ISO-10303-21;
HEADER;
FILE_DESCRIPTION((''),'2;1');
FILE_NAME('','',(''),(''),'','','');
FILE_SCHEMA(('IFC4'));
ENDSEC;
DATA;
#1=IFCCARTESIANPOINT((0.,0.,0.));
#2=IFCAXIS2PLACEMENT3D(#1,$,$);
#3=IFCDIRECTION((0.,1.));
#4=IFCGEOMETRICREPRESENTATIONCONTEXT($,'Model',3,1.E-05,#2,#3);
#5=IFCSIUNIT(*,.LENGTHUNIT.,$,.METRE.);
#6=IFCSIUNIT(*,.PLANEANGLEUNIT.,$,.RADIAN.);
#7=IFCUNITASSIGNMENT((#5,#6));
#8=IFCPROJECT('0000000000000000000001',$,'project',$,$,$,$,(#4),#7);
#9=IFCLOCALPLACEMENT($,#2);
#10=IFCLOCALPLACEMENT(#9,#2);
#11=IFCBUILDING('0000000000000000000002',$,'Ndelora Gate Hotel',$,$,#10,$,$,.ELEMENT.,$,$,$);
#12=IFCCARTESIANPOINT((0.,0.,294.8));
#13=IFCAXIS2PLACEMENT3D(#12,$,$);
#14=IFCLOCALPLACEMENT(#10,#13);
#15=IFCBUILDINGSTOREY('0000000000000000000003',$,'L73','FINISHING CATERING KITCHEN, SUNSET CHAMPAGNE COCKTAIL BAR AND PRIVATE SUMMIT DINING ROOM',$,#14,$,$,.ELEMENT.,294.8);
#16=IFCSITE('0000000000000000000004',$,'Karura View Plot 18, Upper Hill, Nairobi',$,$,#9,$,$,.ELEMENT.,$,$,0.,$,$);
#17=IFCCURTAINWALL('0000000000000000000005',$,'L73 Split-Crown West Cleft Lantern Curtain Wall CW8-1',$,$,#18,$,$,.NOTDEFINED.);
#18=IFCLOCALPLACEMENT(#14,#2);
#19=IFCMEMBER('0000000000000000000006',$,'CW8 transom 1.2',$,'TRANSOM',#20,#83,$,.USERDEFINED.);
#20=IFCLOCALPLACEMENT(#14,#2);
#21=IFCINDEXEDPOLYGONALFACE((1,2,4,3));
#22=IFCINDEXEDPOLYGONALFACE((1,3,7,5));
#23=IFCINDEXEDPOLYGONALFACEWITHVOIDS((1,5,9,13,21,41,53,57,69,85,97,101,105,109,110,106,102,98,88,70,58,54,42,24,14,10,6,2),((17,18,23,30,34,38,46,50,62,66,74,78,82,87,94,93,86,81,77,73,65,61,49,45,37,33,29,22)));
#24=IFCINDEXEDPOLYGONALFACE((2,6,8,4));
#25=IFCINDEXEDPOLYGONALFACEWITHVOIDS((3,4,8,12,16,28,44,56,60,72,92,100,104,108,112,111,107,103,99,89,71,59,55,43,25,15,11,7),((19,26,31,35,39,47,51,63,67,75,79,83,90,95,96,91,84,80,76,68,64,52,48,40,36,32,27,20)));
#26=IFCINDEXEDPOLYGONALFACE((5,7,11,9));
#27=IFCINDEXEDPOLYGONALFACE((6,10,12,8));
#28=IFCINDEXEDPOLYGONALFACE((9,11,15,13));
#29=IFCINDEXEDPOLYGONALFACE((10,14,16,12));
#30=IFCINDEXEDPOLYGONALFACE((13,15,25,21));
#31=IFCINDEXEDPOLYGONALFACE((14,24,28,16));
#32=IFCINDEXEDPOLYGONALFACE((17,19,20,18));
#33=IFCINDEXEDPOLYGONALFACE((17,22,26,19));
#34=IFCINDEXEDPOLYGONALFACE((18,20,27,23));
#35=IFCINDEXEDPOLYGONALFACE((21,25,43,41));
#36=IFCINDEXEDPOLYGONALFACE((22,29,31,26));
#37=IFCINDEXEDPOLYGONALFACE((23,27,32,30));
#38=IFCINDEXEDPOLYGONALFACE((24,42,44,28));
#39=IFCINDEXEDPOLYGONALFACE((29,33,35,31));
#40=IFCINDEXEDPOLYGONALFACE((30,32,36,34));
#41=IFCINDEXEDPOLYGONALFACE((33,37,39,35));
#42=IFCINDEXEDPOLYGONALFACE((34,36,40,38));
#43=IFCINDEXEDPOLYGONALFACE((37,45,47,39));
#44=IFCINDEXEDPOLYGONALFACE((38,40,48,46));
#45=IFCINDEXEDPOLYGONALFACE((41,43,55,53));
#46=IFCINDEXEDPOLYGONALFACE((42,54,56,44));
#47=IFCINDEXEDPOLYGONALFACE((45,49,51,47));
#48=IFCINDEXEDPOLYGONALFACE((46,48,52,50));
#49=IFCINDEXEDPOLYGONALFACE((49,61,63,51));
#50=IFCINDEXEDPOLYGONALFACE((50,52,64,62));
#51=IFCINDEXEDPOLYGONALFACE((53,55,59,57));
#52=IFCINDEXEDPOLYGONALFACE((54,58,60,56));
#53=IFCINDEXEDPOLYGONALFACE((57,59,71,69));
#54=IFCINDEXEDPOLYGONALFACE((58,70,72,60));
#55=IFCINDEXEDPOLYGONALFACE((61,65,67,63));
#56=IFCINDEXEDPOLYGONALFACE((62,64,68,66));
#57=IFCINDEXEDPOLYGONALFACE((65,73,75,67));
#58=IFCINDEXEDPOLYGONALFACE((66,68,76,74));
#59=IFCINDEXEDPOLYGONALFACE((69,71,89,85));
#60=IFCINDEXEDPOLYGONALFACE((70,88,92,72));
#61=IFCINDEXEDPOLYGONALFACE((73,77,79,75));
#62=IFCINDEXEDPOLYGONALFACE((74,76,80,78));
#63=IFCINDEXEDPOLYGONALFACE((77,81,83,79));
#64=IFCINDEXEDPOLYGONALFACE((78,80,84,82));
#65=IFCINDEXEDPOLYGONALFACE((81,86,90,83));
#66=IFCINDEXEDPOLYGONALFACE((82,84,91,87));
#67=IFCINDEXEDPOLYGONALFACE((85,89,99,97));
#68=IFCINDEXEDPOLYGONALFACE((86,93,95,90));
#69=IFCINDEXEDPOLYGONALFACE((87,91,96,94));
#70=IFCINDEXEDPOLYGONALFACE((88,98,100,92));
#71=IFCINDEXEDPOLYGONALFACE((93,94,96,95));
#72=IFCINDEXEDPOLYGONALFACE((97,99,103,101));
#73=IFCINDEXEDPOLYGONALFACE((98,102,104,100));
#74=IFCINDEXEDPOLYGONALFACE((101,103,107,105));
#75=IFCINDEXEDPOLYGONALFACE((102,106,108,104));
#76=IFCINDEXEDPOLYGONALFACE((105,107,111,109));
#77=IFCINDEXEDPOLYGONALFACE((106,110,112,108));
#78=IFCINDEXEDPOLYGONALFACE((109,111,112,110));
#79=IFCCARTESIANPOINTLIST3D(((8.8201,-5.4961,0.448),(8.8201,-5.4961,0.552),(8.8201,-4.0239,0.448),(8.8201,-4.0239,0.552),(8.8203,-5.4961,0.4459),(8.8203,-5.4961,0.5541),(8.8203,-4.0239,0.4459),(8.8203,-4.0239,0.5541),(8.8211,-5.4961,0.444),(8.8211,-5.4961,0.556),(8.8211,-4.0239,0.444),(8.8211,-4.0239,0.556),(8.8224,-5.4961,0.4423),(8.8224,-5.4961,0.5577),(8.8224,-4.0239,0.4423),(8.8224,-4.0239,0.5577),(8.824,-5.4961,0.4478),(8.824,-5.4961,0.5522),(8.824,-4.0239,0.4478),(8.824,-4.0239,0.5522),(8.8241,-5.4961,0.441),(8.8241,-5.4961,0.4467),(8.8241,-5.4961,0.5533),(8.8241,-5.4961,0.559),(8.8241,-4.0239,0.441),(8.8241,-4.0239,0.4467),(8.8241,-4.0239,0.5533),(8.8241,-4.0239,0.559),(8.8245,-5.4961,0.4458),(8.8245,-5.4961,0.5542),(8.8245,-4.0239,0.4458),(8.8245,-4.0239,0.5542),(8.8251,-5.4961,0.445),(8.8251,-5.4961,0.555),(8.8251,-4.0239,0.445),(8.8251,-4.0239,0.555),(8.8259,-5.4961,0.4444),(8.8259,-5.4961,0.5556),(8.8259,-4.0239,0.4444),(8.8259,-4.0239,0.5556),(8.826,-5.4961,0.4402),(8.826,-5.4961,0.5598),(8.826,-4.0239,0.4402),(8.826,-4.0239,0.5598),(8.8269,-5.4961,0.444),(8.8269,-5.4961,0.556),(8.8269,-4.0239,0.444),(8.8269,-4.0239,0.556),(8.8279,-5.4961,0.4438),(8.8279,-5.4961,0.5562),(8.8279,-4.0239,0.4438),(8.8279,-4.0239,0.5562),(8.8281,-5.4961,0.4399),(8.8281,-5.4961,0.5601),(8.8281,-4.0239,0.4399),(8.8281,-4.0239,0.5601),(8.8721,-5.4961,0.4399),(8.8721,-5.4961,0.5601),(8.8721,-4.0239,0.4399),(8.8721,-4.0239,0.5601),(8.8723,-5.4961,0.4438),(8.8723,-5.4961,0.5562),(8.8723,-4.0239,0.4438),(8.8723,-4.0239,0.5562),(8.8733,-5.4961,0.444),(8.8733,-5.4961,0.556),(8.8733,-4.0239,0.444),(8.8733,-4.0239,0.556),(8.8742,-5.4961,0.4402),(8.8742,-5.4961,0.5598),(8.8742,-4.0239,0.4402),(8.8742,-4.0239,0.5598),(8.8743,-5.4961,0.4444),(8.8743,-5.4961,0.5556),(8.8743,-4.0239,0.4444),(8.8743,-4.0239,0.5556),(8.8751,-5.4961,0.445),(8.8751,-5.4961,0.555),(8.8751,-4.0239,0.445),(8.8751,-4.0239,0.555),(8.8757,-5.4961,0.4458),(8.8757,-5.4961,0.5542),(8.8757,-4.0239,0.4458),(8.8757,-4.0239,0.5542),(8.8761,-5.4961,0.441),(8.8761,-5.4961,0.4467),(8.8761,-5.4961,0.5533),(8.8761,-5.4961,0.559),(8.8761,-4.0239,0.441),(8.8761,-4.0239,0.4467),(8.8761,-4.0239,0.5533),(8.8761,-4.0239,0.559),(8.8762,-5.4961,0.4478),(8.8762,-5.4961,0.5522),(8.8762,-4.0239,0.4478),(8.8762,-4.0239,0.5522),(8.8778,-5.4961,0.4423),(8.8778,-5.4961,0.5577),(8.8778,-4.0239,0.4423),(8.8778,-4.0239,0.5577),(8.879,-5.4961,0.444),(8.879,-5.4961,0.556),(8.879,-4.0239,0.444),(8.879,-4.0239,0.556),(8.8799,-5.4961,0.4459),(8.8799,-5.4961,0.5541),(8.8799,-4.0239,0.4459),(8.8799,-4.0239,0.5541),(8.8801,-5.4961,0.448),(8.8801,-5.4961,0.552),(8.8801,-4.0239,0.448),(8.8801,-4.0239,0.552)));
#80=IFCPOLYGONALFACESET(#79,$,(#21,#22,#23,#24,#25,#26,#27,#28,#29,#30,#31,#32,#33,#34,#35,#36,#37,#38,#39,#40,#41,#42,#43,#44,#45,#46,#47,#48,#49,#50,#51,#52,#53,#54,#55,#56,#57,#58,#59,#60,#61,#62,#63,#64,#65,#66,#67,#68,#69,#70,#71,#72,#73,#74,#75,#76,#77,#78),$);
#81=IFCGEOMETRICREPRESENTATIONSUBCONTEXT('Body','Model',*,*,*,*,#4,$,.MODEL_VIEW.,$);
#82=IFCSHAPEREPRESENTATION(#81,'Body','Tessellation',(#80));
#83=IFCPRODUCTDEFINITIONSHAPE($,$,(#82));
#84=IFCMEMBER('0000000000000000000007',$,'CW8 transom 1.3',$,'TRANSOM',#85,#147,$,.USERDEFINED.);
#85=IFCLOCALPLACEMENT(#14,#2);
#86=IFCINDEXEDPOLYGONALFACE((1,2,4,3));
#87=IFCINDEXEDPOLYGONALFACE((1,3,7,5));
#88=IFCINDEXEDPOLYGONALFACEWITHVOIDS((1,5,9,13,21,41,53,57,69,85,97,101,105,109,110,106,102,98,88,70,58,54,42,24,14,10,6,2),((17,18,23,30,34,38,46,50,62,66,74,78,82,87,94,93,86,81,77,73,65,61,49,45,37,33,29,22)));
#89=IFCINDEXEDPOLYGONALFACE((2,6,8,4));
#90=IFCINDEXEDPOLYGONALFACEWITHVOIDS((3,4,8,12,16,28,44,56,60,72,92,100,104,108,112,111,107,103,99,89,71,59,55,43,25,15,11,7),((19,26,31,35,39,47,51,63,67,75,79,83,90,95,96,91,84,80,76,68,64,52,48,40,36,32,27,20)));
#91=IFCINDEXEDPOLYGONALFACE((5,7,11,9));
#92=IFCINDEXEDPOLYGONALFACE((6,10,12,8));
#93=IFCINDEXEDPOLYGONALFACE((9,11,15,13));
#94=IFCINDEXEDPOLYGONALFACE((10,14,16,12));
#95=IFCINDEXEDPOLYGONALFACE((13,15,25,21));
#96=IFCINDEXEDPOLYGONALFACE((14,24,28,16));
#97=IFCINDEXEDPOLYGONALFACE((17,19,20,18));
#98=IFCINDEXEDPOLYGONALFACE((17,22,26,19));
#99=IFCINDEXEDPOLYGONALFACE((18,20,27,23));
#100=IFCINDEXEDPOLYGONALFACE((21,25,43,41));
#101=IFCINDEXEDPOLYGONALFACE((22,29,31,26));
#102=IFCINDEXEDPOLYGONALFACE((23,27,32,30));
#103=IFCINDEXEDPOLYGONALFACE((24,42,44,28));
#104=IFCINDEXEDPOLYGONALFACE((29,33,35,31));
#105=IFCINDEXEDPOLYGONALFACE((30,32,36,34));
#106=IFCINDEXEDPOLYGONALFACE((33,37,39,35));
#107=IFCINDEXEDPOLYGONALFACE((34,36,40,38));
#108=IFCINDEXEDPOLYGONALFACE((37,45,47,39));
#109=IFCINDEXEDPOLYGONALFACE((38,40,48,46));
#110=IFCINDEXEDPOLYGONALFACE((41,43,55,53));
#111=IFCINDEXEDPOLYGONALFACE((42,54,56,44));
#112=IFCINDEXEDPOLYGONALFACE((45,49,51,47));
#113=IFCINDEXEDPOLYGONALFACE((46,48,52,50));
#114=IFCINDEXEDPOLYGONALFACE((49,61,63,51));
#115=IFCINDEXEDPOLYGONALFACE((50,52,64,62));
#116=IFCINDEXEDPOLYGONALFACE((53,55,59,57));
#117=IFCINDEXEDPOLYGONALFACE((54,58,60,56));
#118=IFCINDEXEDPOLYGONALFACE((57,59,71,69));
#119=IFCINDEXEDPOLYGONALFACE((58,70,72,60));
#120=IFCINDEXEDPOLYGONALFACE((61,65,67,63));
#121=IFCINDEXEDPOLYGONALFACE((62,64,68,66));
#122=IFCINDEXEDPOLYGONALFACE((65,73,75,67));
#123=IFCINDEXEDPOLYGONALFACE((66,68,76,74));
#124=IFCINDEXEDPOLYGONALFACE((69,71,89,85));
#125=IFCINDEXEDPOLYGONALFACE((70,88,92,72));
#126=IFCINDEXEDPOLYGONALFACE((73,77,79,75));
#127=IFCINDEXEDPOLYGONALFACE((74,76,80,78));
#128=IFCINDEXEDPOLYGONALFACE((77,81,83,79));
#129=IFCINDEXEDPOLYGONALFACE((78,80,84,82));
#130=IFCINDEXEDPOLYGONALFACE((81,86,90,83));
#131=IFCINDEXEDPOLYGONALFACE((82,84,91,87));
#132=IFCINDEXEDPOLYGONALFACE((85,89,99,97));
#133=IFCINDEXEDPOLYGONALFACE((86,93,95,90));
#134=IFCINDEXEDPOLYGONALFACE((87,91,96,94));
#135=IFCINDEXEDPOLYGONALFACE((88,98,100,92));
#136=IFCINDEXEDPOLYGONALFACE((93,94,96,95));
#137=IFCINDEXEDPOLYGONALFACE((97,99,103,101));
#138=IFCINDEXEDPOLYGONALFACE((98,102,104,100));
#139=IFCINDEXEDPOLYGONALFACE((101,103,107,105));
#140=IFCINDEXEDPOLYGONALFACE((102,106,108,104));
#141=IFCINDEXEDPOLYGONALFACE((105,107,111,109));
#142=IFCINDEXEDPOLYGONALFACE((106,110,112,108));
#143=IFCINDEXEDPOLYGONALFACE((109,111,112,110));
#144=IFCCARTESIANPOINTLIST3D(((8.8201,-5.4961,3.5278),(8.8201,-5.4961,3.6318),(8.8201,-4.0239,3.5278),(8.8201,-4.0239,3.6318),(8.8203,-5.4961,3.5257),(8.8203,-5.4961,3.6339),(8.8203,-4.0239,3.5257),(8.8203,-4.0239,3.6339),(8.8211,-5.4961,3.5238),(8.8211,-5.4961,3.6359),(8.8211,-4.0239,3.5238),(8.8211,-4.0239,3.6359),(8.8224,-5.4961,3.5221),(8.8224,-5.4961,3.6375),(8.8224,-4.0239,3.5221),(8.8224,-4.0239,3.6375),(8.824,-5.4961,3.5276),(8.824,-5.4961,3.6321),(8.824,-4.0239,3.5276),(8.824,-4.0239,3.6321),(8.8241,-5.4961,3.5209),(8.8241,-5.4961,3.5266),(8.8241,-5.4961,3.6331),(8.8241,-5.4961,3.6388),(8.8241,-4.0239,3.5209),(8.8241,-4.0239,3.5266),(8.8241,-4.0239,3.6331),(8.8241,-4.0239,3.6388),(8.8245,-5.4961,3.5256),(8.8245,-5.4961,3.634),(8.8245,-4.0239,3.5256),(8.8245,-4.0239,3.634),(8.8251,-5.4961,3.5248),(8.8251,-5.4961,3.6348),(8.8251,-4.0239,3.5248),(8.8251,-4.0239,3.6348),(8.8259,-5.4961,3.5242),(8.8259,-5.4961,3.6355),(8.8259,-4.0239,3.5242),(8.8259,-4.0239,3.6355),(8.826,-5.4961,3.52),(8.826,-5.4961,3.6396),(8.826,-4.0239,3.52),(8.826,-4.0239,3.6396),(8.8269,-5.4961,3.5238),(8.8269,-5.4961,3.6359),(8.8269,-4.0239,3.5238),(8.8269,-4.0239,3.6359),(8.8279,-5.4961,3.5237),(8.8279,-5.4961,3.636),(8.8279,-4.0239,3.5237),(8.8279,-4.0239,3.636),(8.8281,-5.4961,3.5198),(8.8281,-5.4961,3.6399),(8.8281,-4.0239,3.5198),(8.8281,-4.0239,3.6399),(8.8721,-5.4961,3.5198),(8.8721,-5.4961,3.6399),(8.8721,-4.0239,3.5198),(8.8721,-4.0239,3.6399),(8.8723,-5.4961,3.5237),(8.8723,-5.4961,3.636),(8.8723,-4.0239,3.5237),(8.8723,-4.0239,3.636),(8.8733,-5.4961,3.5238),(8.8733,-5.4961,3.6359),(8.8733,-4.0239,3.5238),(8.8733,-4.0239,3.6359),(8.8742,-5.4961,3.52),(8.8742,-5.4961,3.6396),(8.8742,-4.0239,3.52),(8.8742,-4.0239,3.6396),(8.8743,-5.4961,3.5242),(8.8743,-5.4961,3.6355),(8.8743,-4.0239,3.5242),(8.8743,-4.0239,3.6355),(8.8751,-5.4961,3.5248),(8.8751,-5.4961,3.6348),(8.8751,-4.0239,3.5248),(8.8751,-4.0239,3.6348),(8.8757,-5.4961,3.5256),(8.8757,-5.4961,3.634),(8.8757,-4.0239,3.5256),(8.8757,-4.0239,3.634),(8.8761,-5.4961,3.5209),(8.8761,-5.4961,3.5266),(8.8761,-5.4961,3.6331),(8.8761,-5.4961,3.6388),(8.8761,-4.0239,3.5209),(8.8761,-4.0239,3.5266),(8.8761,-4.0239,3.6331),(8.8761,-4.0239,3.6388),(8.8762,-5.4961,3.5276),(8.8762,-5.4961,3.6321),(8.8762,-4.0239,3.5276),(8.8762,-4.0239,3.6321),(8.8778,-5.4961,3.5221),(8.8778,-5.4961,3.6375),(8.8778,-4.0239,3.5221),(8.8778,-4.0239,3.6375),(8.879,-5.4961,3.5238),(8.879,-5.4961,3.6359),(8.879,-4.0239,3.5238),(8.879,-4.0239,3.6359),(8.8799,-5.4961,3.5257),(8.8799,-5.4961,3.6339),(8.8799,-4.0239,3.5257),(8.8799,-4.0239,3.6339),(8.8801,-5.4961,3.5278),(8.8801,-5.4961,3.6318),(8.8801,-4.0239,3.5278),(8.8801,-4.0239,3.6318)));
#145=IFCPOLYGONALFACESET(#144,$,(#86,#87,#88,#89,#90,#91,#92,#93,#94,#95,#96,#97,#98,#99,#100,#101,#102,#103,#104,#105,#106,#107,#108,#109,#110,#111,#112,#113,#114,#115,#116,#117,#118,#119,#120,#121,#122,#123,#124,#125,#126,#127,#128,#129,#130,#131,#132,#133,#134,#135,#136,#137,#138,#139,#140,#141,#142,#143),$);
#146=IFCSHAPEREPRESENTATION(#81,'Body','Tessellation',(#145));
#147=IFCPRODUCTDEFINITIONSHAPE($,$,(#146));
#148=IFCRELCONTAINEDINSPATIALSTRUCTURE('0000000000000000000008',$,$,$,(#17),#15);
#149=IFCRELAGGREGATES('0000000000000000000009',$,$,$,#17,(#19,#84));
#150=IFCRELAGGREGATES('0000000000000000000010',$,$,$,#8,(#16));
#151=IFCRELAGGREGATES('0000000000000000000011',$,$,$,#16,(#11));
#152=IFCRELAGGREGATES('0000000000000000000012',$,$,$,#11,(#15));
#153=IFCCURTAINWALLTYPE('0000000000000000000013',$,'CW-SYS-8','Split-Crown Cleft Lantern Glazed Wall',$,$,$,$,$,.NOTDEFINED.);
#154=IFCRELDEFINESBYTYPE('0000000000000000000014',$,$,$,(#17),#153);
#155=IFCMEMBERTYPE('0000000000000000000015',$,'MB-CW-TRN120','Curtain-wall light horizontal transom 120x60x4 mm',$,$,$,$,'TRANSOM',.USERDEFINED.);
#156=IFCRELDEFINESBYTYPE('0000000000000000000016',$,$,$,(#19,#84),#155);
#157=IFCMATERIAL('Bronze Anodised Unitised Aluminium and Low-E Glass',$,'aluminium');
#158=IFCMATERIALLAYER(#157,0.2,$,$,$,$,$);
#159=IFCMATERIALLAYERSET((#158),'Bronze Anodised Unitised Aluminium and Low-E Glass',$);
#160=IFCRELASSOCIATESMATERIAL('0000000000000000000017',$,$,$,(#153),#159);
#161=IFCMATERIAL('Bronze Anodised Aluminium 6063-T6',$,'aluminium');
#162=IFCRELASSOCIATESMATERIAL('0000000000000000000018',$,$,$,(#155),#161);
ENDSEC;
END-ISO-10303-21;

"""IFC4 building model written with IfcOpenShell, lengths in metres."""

from ifc_helpers import new_model, si_unit, direction, frame, origin, origin_2d, place, context, subcontext, project, spatial, hollow_rectangle, extrude, material, layer, layer_set, material_profile, profile_set, type_object, element, aggregate, save


model = new_model("IFC4")

# Units and contexts
model_context = context("Model", 3, precision=1e-05, world=origin(), true_north=direction((0.0, 1.0)))
body_context = subcontext(model_context, "Body", "Model", "MODEL_VIEW")
ifc_project = project(units=[si_unit("LENGTHUNIT", "METRE"), si_unit("PLANEANGLEUNIT", "RADIAN")], contexts=[model_context])

# Site, building, storey
site_placement = place(None, origin())
site = spatial("IfcSite", under=ifc_project, at=site_placement, Name="Karura View Plot 18, Upper Hill, Nairobi", CompositionType="ELEMENT", RefElevation=0.0)
building_placement = place(site_placement, origin())
building = spatial("IfcBuilding", under=site, at=building_placement, Name="Ndelora Gate Hotel", CompositionType="ELEMENT")
storey_placement = place(building_placement, frame((0.0, 0.0, 294.8)))
storey = spatial("IfcBuildingStorey", under=building, at=storey_placement, Name="L73", Description="FINISHING CATERING KITCHEN, SUNSET CHAMPAGNE COCKTAIL BAR AND PRIVATE SUMMIT DINING ROOM", CompositionType="ELEMENT", Elevation=294.8)

# Curtain wall, members
ifc_material_1 = material(Name="Bronze Anodised Unitised Aluminium and Low-E Glass", Category="aluminium")
ifc_layer_1 = layer(ifc_material_1, 0.2)
ifc_layer_set_1 = layer_set([ifc_layer_1], Name="Bronze Anodised Unitised Aluminium and Low-E Glass")
curtain_wall_type = type_object("IfcCurtainWallType", Name="CW-SYS-8", Description="Split-Crown Cleft Lantern Glazed Wall", PredefinedType="NOTDEFINED", material=ifc_layer_set_1)
curtain_wall_placement = place(storey_placement, origin())
curtain_wall = element("IfcCurtainWall", 1, at=curtain_wall_placement, inside=storey, type_object=curtain_wall_type, Name="L73 Split-Crown West Cleft Lantern Curtain Wall CW8-1", PredefinedType="NOTDEFINED")
ifc_material_2 = material(Name="Bronze Anodised Aluminium 6063-T6", Category="aluminium")
ifc_material_profile_1 = material_profile(ifc_material_2, hollow_rectangle(XDim=0.0601, YDim=0.1201, WallThickness=0.0039, InnerFilletRadius=0.0039, OuterFilletRadius=0.0081, at=origin_2d()), Name="ALU 120x60x4")
ifc_profile_set_1 = profile_set([ifc_material_profile_1], Name="Bronze Anodised Aluminium 6063-T6")
member_type_1 = type_object("IfcMemberType", Name="MB-CW-TRN120", Description="Curtain-wall light horizontal transom 120x60x4 mm", ElementType="TRANSOM", PredefinedType="USERDEFINED", material=ifc_profile_set_1)
member_1_placement = place(storey_placement, frame((8.8501, -5.4961, 0.5), z_axis=(0.0, 1.0, 0.0), x_axis=(-1.0, 0.0, 0.0)))
member_1 = element("IfcMember", 2, at=member_1_placement, type_object=member_type_1, Name="CW8 transom 1.2", ObjectType="TRANSOM", PredefinedType="USERDEFINED", context=body_context, shape_type="SweptSolid", body=[
    extrude(hollow_rectangle(XDim=0.0601, YDim=0.1201, WallThickness=0.0039, InnerFilletRadius=0.0039, OuterFilletRadius=0.0081, at=origin_2d()), origin(), (0.0, 0.0, 1.0), 1.4722),
])
member_2_placement = place(storey_placement, frame((8.8501, -5.4961, 3.5798), z_axis=(0.0, 1.0, 0.0), x_axis=(-1.0, 0.0, 0.0)))
member_2 = element("IfcMember", 3, at=member_2_placement, type_object=member_type_1, Name="CW8 transom 1.3", ObjectType="TRANSOM", PredefinedType="USERDEFINED", context=body_context, shape_type="SweptSolid", body=[
    extrude(hollow_rectangle(XDim=0.0601, YDim=0.1201, WallThickness=0.0039, InnerFilletRadius=0.0039, OuterFilletRadius=0.0081, at=origin_2d()), origin(), (0.0, 0.0, 1.0), 1.4722),
])
aggregate(curtain_wall, [member_1, member_2])

save(model, "model.ifc")
